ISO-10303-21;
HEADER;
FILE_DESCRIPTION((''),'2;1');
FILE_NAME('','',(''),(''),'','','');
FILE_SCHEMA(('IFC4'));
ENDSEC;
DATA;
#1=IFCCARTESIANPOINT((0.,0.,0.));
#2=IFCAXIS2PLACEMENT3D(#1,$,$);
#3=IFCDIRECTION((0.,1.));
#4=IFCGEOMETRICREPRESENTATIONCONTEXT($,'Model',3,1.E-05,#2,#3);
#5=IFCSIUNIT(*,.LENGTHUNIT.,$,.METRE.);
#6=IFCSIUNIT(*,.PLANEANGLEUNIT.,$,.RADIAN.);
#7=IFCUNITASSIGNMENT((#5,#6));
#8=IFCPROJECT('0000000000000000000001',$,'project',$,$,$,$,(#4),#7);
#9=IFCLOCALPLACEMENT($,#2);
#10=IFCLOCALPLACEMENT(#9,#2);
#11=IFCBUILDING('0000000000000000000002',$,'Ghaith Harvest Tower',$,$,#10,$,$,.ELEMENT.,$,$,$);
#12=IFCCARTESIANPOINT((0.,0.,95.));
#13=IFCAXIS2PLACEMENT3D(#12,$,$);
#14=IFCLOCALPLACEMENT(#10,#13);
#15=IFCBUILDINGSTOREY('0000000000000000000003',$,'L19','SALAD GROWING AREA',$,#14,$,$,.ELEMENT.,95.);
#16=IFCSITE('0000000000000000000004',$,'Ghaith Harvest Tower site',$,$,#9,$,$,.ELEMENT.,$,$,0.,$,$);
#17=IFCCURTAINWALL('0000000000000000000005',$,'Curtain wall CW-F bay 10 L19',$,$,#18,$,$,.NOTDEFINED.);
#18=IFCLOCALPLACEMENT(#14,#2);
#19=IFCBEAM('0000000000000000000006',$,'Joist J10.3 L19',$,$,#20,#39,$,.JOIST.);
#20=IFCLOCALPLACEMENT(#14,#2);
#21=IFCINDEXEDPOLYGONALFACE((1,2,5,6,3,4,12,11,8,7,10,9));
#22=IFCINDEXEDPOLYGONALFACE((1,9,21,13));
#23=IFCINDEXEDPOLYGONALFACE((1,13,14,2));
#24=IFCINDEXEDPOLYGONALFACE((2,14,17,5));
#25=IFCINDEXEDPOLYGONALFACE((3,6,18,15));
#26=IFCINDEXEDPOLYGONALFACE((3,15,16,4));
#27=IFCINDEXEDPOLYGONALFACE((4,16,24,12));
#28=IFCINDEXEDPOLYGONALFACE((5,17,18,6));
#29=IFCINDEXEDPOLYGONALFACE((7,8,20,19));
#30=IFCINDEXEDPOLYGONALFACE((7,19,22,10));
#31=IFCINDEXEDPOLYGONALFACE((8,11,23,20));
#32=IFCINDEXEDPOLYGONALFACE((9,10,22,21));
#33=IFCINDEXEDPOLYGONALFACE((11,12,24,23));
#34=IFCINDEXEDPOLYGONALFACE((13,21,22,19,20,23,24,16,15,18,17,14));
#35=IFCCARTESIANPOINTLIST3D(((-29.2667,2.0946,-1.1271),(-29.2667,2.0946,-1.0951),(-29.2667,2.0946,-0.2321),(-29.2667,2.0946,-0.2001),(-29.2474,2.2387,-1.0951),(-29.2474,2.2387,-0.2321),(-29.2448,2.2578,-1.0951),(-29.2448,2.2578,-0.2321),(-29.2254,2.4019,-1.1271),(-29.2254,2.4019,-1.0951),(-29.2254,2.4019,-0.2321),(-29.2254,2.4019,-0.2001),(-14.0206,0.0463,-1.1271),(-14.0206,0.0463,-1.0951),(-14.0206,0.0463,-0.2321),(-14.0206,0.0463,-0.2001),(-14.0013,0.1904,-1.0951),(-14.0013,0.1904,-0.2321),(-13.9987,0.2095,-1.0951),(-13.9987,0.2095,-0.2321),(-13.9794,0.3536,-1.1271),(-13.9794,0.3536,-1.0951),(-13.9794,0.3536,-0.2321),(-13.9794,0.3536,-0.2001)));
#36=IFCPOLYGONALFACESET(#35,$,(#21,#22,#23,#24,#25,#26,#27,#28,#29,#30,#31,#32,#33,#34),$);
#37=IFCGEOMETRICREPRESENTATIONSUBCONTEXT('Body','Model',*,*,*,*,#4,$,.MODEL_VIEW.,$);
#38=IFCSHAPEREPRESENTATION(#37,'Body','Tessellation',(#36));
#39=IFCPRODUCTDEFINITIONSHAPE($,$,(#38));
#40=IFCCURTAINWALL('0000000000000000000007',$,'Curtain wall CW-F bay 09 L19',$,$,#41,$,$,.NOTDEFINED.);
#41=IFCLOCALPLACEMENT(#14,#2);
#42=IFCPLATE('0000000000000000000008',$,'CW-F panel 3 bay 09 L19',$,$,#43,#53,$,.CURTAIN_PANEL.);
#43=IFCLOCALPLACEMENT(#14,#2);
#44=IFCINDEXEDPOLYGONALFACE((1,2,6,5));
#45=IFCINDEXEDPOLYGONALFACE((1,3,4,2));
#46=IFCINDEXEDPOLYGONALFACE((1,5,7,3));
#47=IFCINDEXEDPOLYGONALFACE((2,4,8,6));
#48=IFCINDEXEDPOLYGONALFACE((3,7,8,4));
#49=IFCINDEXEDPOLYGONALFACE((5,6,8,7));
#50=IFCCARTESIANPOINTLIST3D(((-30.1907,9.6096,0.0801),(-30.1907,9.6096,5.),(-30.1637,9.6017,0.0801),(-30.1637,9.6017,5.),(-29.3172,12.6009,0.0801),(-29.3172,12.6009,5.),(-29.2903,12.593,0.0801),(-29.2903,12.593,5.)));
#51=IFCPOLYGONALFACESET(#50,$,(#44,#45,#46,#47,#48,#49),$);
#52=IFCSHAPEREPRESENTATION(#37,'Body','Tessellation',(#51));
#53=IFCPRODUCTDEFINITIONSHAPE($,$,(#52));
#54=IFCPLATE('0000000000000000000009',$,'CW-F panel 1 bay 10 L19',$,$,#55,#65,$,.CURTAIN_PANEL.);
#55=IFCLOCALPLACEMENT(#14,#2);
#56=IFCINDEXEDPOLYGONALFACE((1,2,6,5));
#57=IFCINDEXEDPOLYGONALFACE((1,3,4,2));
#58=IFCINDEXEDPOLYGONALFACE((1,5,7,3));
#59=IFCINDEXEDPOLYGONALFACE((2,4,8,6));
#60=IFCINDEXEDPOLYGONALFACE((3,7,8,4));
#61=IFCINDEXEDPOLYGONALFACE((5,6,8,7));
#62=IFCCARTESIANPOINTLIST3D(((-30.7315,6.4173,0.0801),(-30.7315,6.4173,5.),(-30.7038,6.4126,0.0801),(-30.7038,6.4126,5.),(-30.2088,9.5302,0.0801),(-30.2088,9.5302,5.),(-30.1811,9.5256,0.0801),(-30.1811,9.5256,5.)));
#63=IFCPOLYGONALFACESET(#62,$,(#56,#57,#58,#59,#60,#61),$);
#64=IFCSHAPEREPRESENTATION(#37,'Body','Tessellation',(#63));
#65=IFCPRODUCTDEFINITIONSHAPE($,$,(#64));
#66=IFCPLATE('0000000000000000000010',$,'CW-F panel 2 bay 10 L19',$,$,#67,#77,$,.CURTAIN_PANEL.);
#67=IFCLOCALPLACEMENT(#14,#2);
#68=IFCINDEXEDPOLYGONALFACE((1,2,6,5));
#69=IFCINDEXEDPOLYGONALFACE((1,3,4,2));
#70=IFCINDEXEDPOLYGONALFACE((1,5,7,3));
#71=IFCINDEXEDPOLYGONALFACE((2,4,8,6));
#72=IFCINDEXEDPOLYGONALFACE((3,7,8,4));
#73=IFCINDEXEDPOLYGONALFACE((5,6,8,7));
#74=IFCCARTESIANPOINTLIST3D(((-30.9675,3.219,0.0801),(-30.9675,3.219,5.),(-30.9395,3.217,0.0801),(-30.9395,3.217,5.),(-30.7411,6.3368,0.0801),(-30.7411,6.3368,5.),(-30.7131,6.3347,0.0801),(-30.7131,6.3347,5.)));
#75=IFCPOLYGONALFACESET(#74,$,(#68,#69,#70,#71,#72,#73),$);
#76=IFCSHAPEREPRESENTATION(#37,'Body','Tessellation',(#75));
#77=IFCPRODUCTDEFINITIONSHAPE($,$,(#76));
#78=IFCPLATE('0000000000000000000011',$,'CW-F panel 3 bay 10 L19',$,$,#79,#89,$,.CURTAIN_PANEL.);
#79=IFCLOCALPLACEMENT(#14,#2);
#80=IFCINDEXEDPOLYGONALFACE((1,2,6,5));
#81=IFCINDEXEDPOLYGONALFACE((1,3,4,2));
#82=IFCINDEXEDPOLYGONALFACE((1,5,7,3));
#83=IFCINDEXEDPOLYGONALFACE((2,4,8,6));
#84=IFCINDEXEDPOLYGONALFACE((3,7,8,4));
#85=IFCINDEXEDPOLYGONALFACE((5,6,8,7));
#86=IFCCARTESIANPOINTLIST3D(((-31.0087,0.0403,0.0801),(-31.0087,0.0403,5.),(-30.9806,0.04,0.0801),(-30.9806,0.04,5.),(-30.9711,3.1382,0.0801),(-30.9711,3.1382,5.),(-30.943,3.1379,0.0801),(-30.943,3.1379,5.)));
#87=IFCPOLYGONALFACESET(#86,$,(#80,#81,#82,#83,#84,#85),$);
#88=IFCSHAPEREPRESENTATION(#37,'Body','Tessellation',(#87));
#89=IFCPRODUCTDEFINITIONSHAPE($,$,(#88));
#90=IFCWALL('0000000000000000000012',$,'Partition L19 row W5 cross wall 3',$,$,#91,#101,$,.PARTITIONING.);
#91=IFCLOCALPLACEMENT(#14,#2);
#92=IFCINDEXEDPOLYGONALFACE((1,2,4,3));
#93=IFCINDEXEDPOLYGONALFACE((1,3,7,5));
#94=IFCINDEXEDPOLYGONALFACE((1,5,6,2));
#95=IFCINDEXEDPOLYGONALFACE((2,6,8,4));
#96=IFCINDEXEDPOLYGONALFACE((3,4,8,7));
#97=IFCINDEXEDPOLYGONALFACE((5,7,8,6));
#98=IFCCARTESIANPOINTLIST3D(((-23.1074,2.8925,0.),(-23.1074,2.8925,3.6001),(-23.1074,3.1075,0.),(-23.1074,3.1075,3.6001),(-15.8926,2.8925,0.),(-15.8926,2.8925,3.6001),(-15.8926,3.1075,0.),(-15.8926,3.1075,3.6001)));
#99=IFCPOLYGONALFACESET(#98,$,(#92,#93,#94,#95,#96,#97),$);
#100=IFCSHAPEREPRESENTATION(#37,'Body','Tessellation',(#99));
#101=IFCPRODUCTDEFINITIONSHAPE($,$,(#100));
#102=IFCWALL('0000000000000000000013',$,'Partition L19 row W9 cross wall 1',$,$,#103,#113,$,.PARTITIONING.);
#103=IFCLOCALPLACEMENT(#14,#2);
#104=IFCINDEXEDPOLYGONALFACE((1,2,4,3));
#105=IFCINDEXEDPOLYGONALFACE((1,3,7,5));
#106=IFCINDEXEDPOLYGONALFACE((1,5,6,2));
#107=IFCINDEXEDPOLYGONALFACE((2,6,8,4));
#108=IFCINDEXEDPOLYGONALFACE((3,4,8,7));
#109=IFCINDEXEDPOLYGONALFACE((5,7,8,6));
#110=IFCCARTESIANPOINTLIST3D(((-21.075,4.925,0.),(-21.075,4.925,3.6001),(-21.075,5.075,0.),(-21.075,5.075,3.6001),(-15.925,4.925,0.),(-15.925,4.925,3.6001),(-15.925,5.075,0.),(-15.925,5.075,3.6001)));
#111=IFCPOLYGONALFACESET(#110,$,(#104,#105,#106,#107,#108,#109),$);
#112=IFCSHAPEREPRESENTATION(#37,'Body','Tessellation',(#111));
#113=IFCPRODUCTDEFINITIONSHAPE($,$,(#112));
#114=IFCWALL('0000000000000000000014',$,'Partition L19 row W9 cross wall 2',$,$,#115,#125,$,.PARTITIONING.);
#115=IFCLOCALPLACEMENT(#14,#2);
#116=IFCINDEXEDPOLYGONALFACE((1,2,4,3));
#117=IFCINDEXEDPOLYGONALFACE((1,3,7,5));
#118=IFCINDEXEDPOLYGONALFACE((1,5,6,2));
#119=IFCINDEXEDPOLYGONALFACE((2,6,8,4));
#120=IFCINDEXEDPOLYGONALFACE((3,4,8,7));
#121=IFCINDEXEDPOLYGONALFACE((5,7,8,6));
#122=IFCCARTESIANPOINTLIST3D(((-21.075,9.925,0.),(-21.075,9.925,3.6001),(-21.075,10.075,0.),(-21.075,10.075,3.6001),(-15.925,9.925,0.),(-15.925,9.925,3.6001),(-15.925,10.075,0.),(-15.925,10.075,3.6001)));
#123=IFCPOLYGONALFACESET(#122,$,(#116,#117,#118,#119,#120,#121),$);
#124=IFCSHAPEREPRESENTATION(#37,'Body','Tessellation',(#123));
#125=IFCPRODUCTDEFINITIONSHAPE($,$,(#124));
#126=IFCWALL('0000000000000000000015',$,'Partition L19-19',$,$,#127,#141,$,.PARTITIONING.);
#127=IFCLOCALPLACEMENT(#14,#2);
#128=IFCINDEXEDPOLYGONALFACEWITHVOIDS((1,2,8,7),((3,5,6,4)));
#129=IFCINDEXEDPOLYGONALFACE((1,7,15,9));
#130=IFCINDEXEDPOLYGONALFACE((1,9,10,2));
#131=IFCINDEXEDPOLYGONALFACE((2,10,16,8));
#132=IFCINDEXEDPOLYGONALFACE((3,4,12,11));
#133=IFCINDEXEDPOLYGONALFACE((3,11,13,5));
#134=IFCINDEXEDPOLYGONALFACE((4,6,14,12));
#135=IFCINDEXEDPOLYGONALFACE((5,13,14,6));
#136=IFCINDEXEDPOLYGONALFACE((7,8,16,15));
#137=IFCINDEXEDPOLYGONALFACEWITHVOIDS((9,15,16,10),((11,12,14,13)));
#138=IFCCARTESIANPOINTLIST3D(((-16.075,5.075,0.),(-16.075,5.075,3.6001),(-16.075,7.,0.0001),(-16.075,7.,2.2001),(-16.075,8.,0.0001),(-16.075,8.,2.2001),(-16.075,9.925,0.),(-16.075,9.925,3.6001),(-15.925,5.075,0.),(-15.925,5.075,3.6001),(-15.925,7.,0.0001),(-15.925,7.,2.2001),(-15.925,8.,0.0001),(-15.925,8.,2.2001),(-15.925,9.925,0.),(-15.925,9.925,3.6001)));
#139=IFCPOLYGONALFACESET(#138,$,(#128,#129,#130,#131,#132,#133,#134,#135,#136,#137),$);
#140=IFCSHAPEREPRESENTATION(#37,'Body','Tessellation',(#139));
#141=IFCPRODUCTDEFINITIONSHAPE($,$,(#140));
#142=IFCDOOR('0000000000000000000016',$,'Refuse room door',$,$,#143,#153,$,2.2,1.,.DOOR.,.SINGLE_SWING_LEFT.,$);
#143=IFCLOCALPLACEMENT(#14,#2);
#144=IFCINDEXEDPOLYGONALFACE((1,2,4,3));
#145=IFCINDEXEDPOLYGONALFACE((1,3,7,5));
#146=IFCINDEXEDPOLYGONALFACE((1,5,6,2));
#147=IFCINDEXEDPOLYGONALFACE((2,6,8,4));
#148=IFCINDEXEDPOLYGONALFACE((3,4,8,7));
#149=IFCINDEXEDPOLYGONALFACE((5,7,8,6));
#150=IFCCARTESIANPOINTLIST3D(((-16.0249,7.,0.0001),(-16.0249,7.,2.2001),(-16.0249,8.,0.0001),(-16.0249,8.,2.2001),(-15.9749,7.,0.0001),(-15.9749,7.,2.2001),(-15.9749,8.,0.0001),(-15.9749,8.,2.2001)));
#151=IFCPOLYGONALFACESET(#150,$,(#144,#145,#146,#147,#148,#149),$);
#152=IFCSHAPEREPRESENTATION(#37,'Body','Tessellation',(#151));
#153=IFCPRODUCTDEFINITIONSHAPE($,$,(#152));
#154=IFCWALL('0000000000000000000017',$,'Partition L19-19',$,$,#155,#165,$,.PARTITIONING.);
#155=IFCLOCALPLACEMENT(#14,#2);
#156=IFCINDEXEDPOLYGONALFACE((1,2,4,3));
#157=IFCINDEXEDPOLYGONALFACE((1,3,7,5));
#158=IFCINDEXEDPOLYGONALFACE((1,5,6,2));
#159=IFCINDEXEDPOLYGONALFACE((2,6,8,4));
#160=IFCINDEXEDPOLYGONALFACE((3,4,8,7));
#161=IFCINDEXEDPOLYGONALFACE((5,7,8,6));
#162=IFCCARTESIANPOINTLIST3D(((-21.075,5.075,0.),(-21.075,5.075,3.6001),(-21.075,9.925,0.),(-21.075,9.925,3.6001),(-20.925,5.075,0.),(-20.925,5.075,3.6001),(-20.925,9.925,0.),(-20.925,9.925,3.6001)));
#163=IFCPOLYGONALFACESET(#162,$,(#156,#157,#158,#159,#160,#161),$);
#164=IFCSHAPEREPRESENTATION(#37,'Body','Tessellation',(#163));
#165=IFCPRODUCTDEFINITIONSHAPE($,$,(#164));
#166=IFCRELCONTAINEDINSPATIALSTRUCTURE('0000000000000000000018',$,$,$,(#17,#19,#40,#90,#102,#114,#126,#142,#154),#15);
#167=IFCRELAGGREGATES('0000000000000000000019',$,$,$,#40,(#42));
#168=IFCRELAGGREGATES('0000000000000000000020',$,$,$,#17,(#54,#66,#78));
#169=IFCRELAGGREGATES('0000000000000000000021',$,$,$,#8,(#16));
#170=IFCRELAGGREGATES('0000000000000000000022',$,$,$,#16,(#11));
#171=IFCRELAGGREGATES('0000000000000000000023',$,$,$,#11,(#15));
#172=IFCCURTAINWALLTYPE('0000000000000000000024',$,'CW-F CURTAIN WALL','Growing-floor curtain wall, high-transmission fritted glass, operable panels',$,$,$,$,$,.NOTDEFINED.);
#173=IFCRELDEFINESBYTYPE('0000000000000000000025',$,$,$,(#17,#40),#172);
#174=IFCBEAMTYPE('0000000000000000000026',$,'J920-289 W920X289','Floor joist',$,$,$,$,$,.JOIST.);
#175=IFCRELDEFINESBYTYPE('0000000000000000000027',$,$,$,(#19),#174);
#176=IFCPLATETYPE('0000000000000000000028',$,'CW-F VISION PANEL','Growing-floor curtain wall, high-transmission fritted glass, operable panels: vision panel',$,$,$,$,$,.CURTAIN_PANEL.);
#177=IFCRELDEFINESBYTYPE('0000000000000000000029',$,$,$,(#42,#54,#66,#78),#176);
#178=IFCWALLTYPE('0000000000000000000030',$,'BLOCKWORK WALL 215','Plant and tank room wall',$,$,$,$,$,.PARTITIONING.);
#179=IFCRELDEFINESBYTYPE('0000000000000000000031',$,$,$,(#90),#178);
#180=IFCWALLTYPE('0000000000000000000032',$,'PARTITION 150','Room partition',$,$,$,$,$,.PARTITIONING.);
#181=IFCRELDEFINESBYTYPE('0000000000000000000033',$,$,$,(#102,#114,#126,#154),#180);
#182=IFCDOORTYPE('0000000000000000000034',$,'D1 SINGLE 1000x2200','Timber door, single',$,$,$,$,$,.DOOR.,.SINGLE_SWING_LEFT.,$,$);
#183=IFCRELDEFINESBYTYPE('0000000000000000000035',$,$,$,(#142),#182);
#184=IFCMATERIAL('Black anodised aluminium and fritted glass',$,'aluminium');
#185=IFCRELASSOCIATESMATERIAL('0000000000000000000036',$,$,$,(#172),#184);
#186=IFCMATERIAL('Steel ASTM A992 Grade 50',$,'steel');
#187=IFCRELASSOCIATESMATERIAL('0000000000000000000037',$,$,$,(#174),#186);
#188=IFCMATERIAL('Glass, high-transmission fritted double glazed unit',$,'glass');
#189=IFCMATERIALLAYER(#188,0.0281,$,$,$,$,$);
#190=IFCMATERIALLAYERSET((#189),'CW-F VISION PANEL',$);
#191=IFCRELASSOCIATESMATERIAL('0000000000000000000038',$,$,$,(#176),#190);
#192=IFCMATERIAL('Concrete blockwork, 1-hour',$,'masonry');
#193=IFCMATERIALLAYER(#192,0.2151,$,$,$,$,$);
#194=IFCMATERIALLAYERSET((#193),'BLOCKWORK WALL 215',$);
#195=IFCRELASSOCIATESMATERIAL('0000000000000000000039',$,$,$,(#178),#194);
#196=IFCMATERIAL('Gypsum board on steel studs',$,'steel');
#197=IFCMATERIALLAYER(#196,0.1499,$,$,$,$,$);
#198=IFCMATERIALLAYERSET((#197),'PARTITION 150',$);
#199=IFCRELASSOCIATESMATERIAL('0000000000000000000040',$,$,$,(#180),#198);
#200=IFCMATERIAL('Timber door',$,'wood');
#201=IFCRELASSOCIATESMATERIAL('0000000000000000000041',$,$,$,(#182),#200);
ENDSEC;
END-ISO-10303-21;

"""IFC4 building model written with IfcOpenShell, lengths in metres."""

from ifc_helpers import new_model, si_unit, direction, frame, frame_2d, origin, origin_2d, place, context, subcontext, project, spatial, rectangle, i_section, extrude, material, layer, layer_set, material_profile, profile_set, type_object, element, fill, aggregate, save


model = new_model("IFC4")

# Units and contexts
model_context = context("Model", 3, precision=1e-05, world=origin(), true_north=direction((0.0, 1.0)))
body_context = subcontext(model_context, "Body", "Model", "MODEL_VIEW")
ifc_project = project(units=[si_unit("LENGTHUNIT", "METRE"), si_unit("PLANEANGLEUNIT", "RADIAN")], contexts=[model_context])

# Site, building, storey
site_placement = place(None, origin())
site = spatial("IfcSite", under=ifc_project, at=site_placement, Name="Ghaith Harvest Tower site", CompositionType="ELEMENT", RefElevation=0.0)
building_placement = place(site_placement, origin())
building = spatial("IfcBuilding", under=site, at=building_placement, Name="Ghaith Harvest Tower", CompositionType="ELEMENT")
storey_placement = place(building_placement, frame((0.0, 0.0, 95.0)))
storey = spatial("IfcBuildingStorey", under=building, at=storey_placement, Name="L19", Description="SALAD GROWING AREA", CompositionType="ELEMENT", Elevation=95.0)

# Curtain wall
ifc_material_1 = material(Name="Black anodised aluminium and fritted glass", Category="aluminium")
curtain_wall_type = type_object("IfcCurtainWallType", Name="CW-F CURTAIN WALL", Description="Growing-floor curtain wall, high-transmission fritted glass, operable panels", PredefinedType="NOTDEFINED", material=ifc_material_1)
curtain_wall_1_placement = place(storey_placement, origin())
curtain_wall_1 = element("IfcCurtainWall", 1, at=curtain_wall_1_placement, inside=storey, type_object=curtain_wall_type, Name="Curtain wall CW-F bay 10 L19", PredefinedType="NOTDEFINED")

# Beam
ifc_material_2 = material(Name="Steel ASTM A992 Grade 50", Category="steel")
ifc_material_profile_1 = material_profile(ifc_material_2, i_section(OverallWidth=0.3101, OverallDepth=0.927, WebThickness=0.0193, FlangeThickness=0.032, at=origin_2d()), Name="W920X289")
ifc_profile_set_1 = profile_set([ifc_material_profile_1], Name="Steel ASTM A992 Grade 50")
beam_type_1 = type_object("IfcBeamType", Name="J920-289 W920X289", Description="Floor joist", PredefinedType="JOIST", material=ifc_profile_set_1)
beam_1_placement = place(storey_placement, frame((-14.0, 0.2, -0.6636), z_axis=(-0.991095, 0.133155, 0.0), x_axis=(-0.133155, -0.991095, 0.0)))
element("IfcBeam", 2, at=beam_1_placement, inside=storey, type_object=beam_type_1, Name="Joist J10.3 L19", PredefinedType="JOIST", context=body_context, shape_type="SweptSolid", body=[
    extrude(i_section(OverallWidth=0.3101, OverallDepth=0.927, WebThickness=0.0193, FlangeThickness=0.032, at=origin_2d()), origin(), (0.0, 0.0, 1.0), 15.3831),
])

# Curtain wall, plate
curtain_wall_2_placement = place(storey_placement, origin())
curtain_wall_2 = element("IfcCurtainWall", 3, at=curtain_wall_2_placement, inside=storey, type_object=curtain_wall_type, Name="Curtain wall CW-F bay 09 L19", PredefinedType="NOTDEFINED")
ifc_material_3 = material(Name="Glass, high-transmission fritted double glazed unit", Category="glass")
ifc_layer_1 = layer(ifc_material_3, 0.0281)
ifc_layer_set_1 = layer_set([ifc_layer_1], Name="CW-F VISION PANEL")
plate_type = type_object("IfcPlateType", Name="CW-F VISION PANEL", Description="Growing-floor curtain wall, high-transmission fritted glass, operable panels: vision panel", PredefinedType="CURTAIN_PANEL", material=ifc_layer_set_1)
plate_1_placement = place(storey_placement, frame((-29.7405, 11.1013, 0.0801), z_axis=(0.0, 0.0, 1.0), x_axis=(-0.280297, -0.959913, 0.0)))
plate_1 = element("IfcPlate", 4, at=plate_1_placement, type_object=plate_type, Name="CW-F panel 3 bay 09 L19", PredefinedType="CURTAIN_PANEL", context=body_context, shape_type="SweptSolid", body=[
    extrude(rectangle(XDim=3.1162, YDim=0.0281, at=origin_2d()), origin(), (0.0, 0.0, 1.0), 4.9199),
])
aggregate(curtain_wall_2, [plate_1])

# Plates
plate_2_placement = place(storey_placement, frame((-30.4563, 7.9714, 0.0801), z_axis=(0.0, 0.0, 1.0), x_axis=(-0.165581, -0.986196, 0.0)))
plate_2 = element("IfcPlate", 5, at=plate_2_placement, type_object=plate_type, Name="CW-F panel 1 bay 10 L19", PredefinedType="CURTAIN_PANEL", context=body_context, shape_type="SweptSolid", body=[
    extrude(rectangle(XDim=3.1565, YDim=0.0281, at=origin_2d()), origin(), (0.0, 0.0, 1.0), 4.9199),
])
plate_3_placement = place(storey_placement, frame((-30.8403, 4.7769, 0.0801), z_axis=(0.0, 0.0, 1.0), x_axis=(-0.072421, -0.997374, 0.0)))
plate_3 = element("IfcPlate", 6, at=plate_3_placement, type_object=plate_type, Name="CW-F panel 2 bay 10 L19", PredefinedType="CURTAIN_PANEL", context=body_context, shape_type="SweptSolid", body=[
    extrude(rectangle(XDim=3.126, YDim=0.0281, at=origin_2d()), origin(), (0.0, 0.0, 1.0), 4.9199),
])
plate_4_placement = place(storey_placement, frame((-30.9758, 1.5891, 0.0801), z_axis=(0.0, 0.0, 1.0), x_axis=(-0.012133, -0.999926, 0.0)))
plate_4 = element("IfcPlate", 7, at=plate_4_placement, type_object=plate_type, Name="CW-F panel 3 bay 10 L19", PredefinedType="CURTAIN_PANEL", context=body_context, shape_type="SweptSolid", body=[
    extrude(rectangle(XDim=3.0981, YDim=0.0281, at=origin_2d()), origin(), (0.0, 0.0, 1.0), 4.9199),
])
aggregate(curtain_wall_1, [plate_2, plate_3, plate_4])

# Wall
ifc_material_4 = material(Name="Concrete blockwork, 1-hour", Category="masonry")
ifc_layer_2 = layer(ifc_material_4, 0.2151)
ifc_layer_set_2 = layer_set([ifc_layer_2], Name="BLOCKWORK WALL 215")
wall_type_1 = type_object("IfcWallType", Name="BLOCKWORK WALL 215", Description="Plant and tank room wall", PredefinedType="PARTITIONING", material=ifc_layer_set_2)
wall_1_placement = place(storey_placement, frame((-15.8926, 3.0, 0.0), z_axis=(0.0, 0.0, 1.0), x_axis=(-1.0, 0.0, 0.0)))
element("IfcWall", 8, at=wall_1_placement, inside=storey, type_object=wall_type_1, Name="Partition L19 row W5 cross wall 3", PredefinedType="PARTITIONING", context=body_context, shape_type="SweptSolid", body=[
    extrude(rectangle(XDim=7.2148, YDim=0.2151, at=frame_2d((3.6074, 0.0))), origin(), (0.0, 0.0, 1.0), 3.6001),
])

# Walls
ifc_material_5 = material(Name="Gypsum board on steel studs", Category="steel")
ifc_layer_3 = layer(ifc_material_5, 0.1499)
ifc_layer_set_3 = layer_set([ifc_layer_3], Name="PARTITION 150")
wall_type_2 = type_object("IfcWallType", Name="PARTITION 150", Description="Room partition", PredefinedType="PARTITIONING", material=ifc_layer_set_3)
for number, where, z_axis, x_axis, name in (
    (9, (-15.925, 5.0, 0.0), (0.0, 0.0, 1.0), (-1.0, 0.0, 0.0), "Partition L19 row W9 cross wall 1"),
    (10, (-15.925, 10.0, 0.0), (0.0, 0.0, 1.0), (-1.0, 0.0, 0.0), "Partition L19 row W9 cross wall 2"),
):
    element("IfcWall", number, at=place(storey_placement, frame(where, z_axis=z_axis, x_axis=x_axis)), inside=storey, type_object=wall_type_2, Name=name, PredefinedType="PARTITIONING", context=body_context, shape_type="SweptSolid", body=[
        extrude(rectangle(XDim=5.1499, YDim=0.1499, at=frame_2d((2.575, 0.0))), origin(), (0.0, 0.0, 1.0), 3.6001),
    ])

# Wall, opening, door
wall_2_placement = place(storey_placement, frame((-16.0, 5.075, 0.0), z_axis=(0.0, 0.0, 1.0), x_axis=(0.0, 1.0, 0.0)))
wall_2 = element("IfcWall", 11, at=wall_2_placement, inside=storey, type_object=wall_type_2, Name="Partition L19-19", PredefinedType="PARTITIONING", context=body_context, shape_type="SweptSolid", body=[
    extrude(rectangle(XDim=4.8501, YDim=0.1499, at=frame_2d((2.425, 0.0))), origin(), (0.0, 0.0, 1.0), 3.6001),
])
opening_1_placement = place(wall_2_placement, frame((1.925, 0.0, 0.0)))
opening_1 = element("IfcOpeningElement", 12, at=opening_1_placement, cuts=wall_2, PredefinedType="OPENING", context=body_context, shape_type="SweptSolid", body=[
    extrude(rectangle(XDim=1.0, YDim=2.2, at=frame_2d((0.5, 1.1001))), frame((0.0, 0.085, 0.0), z_axis=(0.0, -1.0, 0.0), x_axis=(1.0, 0.0, 0.0)), (0.0, 0.0, 1.0), 0.1699),
])
ifc_material_6 = material(Name="Timber door", Category="wood")
door_type_1 = type_object("IfcDoorType", Name="D1 SINGLE 1000x2200", Description="Timber door, single", OperationType="SINGLE_SWING_LEFT", PredefinedType="DOOR", material=ifc_material_6)
door_1_placement = place(opening_1_placement, origin())
door_1 = element("IfcDoor", 13, at=door_1_placement, inside=storey, type_object=door_type_1, Name="Refuse room door", OperationType="SINGLE_SWING_LEFT", OverallHeight=2.2, OverallWidth=1.0, PredefinedType="DOOR", context=body_context, shape_type="SweptSolid", body=[
    extrude(rectangle(XDim=1.0, YDim=2.2, at=frame_2d((0.5, 1.1001))), frame((0.0, 0.0249, 0.0), z_axis=(0.0, -1.0, 0.0), x_axis=(1.0, 0.0, 0.0)), (0.0, 0.0, 1.0), 0.05),
])
fill(opening_1, door_1)

# Wall
wall_3_placement = place(storey_placement, frame((-21.0, 5.075, 0.0), z_axis=(0.0, 0.0, 1.0), x_axis=(0.0, 1.0, 0.0)))
element("IfcWall", 14, at=wall_3_placement, inside=storey, type_object=wall_type_2, Name="Partition L19-19", PredefinedType="PARTITIONING", context=body_context, shape_type="SweptSolid", body=[
    extrude(rectangle(XDim=4.8501, YDim=0.1499, at=frame_2d((2.425, 0.0))), origin(), (0.0, 0.0, 1.0), 3.6001),
])

save(model, "model.ifc")
